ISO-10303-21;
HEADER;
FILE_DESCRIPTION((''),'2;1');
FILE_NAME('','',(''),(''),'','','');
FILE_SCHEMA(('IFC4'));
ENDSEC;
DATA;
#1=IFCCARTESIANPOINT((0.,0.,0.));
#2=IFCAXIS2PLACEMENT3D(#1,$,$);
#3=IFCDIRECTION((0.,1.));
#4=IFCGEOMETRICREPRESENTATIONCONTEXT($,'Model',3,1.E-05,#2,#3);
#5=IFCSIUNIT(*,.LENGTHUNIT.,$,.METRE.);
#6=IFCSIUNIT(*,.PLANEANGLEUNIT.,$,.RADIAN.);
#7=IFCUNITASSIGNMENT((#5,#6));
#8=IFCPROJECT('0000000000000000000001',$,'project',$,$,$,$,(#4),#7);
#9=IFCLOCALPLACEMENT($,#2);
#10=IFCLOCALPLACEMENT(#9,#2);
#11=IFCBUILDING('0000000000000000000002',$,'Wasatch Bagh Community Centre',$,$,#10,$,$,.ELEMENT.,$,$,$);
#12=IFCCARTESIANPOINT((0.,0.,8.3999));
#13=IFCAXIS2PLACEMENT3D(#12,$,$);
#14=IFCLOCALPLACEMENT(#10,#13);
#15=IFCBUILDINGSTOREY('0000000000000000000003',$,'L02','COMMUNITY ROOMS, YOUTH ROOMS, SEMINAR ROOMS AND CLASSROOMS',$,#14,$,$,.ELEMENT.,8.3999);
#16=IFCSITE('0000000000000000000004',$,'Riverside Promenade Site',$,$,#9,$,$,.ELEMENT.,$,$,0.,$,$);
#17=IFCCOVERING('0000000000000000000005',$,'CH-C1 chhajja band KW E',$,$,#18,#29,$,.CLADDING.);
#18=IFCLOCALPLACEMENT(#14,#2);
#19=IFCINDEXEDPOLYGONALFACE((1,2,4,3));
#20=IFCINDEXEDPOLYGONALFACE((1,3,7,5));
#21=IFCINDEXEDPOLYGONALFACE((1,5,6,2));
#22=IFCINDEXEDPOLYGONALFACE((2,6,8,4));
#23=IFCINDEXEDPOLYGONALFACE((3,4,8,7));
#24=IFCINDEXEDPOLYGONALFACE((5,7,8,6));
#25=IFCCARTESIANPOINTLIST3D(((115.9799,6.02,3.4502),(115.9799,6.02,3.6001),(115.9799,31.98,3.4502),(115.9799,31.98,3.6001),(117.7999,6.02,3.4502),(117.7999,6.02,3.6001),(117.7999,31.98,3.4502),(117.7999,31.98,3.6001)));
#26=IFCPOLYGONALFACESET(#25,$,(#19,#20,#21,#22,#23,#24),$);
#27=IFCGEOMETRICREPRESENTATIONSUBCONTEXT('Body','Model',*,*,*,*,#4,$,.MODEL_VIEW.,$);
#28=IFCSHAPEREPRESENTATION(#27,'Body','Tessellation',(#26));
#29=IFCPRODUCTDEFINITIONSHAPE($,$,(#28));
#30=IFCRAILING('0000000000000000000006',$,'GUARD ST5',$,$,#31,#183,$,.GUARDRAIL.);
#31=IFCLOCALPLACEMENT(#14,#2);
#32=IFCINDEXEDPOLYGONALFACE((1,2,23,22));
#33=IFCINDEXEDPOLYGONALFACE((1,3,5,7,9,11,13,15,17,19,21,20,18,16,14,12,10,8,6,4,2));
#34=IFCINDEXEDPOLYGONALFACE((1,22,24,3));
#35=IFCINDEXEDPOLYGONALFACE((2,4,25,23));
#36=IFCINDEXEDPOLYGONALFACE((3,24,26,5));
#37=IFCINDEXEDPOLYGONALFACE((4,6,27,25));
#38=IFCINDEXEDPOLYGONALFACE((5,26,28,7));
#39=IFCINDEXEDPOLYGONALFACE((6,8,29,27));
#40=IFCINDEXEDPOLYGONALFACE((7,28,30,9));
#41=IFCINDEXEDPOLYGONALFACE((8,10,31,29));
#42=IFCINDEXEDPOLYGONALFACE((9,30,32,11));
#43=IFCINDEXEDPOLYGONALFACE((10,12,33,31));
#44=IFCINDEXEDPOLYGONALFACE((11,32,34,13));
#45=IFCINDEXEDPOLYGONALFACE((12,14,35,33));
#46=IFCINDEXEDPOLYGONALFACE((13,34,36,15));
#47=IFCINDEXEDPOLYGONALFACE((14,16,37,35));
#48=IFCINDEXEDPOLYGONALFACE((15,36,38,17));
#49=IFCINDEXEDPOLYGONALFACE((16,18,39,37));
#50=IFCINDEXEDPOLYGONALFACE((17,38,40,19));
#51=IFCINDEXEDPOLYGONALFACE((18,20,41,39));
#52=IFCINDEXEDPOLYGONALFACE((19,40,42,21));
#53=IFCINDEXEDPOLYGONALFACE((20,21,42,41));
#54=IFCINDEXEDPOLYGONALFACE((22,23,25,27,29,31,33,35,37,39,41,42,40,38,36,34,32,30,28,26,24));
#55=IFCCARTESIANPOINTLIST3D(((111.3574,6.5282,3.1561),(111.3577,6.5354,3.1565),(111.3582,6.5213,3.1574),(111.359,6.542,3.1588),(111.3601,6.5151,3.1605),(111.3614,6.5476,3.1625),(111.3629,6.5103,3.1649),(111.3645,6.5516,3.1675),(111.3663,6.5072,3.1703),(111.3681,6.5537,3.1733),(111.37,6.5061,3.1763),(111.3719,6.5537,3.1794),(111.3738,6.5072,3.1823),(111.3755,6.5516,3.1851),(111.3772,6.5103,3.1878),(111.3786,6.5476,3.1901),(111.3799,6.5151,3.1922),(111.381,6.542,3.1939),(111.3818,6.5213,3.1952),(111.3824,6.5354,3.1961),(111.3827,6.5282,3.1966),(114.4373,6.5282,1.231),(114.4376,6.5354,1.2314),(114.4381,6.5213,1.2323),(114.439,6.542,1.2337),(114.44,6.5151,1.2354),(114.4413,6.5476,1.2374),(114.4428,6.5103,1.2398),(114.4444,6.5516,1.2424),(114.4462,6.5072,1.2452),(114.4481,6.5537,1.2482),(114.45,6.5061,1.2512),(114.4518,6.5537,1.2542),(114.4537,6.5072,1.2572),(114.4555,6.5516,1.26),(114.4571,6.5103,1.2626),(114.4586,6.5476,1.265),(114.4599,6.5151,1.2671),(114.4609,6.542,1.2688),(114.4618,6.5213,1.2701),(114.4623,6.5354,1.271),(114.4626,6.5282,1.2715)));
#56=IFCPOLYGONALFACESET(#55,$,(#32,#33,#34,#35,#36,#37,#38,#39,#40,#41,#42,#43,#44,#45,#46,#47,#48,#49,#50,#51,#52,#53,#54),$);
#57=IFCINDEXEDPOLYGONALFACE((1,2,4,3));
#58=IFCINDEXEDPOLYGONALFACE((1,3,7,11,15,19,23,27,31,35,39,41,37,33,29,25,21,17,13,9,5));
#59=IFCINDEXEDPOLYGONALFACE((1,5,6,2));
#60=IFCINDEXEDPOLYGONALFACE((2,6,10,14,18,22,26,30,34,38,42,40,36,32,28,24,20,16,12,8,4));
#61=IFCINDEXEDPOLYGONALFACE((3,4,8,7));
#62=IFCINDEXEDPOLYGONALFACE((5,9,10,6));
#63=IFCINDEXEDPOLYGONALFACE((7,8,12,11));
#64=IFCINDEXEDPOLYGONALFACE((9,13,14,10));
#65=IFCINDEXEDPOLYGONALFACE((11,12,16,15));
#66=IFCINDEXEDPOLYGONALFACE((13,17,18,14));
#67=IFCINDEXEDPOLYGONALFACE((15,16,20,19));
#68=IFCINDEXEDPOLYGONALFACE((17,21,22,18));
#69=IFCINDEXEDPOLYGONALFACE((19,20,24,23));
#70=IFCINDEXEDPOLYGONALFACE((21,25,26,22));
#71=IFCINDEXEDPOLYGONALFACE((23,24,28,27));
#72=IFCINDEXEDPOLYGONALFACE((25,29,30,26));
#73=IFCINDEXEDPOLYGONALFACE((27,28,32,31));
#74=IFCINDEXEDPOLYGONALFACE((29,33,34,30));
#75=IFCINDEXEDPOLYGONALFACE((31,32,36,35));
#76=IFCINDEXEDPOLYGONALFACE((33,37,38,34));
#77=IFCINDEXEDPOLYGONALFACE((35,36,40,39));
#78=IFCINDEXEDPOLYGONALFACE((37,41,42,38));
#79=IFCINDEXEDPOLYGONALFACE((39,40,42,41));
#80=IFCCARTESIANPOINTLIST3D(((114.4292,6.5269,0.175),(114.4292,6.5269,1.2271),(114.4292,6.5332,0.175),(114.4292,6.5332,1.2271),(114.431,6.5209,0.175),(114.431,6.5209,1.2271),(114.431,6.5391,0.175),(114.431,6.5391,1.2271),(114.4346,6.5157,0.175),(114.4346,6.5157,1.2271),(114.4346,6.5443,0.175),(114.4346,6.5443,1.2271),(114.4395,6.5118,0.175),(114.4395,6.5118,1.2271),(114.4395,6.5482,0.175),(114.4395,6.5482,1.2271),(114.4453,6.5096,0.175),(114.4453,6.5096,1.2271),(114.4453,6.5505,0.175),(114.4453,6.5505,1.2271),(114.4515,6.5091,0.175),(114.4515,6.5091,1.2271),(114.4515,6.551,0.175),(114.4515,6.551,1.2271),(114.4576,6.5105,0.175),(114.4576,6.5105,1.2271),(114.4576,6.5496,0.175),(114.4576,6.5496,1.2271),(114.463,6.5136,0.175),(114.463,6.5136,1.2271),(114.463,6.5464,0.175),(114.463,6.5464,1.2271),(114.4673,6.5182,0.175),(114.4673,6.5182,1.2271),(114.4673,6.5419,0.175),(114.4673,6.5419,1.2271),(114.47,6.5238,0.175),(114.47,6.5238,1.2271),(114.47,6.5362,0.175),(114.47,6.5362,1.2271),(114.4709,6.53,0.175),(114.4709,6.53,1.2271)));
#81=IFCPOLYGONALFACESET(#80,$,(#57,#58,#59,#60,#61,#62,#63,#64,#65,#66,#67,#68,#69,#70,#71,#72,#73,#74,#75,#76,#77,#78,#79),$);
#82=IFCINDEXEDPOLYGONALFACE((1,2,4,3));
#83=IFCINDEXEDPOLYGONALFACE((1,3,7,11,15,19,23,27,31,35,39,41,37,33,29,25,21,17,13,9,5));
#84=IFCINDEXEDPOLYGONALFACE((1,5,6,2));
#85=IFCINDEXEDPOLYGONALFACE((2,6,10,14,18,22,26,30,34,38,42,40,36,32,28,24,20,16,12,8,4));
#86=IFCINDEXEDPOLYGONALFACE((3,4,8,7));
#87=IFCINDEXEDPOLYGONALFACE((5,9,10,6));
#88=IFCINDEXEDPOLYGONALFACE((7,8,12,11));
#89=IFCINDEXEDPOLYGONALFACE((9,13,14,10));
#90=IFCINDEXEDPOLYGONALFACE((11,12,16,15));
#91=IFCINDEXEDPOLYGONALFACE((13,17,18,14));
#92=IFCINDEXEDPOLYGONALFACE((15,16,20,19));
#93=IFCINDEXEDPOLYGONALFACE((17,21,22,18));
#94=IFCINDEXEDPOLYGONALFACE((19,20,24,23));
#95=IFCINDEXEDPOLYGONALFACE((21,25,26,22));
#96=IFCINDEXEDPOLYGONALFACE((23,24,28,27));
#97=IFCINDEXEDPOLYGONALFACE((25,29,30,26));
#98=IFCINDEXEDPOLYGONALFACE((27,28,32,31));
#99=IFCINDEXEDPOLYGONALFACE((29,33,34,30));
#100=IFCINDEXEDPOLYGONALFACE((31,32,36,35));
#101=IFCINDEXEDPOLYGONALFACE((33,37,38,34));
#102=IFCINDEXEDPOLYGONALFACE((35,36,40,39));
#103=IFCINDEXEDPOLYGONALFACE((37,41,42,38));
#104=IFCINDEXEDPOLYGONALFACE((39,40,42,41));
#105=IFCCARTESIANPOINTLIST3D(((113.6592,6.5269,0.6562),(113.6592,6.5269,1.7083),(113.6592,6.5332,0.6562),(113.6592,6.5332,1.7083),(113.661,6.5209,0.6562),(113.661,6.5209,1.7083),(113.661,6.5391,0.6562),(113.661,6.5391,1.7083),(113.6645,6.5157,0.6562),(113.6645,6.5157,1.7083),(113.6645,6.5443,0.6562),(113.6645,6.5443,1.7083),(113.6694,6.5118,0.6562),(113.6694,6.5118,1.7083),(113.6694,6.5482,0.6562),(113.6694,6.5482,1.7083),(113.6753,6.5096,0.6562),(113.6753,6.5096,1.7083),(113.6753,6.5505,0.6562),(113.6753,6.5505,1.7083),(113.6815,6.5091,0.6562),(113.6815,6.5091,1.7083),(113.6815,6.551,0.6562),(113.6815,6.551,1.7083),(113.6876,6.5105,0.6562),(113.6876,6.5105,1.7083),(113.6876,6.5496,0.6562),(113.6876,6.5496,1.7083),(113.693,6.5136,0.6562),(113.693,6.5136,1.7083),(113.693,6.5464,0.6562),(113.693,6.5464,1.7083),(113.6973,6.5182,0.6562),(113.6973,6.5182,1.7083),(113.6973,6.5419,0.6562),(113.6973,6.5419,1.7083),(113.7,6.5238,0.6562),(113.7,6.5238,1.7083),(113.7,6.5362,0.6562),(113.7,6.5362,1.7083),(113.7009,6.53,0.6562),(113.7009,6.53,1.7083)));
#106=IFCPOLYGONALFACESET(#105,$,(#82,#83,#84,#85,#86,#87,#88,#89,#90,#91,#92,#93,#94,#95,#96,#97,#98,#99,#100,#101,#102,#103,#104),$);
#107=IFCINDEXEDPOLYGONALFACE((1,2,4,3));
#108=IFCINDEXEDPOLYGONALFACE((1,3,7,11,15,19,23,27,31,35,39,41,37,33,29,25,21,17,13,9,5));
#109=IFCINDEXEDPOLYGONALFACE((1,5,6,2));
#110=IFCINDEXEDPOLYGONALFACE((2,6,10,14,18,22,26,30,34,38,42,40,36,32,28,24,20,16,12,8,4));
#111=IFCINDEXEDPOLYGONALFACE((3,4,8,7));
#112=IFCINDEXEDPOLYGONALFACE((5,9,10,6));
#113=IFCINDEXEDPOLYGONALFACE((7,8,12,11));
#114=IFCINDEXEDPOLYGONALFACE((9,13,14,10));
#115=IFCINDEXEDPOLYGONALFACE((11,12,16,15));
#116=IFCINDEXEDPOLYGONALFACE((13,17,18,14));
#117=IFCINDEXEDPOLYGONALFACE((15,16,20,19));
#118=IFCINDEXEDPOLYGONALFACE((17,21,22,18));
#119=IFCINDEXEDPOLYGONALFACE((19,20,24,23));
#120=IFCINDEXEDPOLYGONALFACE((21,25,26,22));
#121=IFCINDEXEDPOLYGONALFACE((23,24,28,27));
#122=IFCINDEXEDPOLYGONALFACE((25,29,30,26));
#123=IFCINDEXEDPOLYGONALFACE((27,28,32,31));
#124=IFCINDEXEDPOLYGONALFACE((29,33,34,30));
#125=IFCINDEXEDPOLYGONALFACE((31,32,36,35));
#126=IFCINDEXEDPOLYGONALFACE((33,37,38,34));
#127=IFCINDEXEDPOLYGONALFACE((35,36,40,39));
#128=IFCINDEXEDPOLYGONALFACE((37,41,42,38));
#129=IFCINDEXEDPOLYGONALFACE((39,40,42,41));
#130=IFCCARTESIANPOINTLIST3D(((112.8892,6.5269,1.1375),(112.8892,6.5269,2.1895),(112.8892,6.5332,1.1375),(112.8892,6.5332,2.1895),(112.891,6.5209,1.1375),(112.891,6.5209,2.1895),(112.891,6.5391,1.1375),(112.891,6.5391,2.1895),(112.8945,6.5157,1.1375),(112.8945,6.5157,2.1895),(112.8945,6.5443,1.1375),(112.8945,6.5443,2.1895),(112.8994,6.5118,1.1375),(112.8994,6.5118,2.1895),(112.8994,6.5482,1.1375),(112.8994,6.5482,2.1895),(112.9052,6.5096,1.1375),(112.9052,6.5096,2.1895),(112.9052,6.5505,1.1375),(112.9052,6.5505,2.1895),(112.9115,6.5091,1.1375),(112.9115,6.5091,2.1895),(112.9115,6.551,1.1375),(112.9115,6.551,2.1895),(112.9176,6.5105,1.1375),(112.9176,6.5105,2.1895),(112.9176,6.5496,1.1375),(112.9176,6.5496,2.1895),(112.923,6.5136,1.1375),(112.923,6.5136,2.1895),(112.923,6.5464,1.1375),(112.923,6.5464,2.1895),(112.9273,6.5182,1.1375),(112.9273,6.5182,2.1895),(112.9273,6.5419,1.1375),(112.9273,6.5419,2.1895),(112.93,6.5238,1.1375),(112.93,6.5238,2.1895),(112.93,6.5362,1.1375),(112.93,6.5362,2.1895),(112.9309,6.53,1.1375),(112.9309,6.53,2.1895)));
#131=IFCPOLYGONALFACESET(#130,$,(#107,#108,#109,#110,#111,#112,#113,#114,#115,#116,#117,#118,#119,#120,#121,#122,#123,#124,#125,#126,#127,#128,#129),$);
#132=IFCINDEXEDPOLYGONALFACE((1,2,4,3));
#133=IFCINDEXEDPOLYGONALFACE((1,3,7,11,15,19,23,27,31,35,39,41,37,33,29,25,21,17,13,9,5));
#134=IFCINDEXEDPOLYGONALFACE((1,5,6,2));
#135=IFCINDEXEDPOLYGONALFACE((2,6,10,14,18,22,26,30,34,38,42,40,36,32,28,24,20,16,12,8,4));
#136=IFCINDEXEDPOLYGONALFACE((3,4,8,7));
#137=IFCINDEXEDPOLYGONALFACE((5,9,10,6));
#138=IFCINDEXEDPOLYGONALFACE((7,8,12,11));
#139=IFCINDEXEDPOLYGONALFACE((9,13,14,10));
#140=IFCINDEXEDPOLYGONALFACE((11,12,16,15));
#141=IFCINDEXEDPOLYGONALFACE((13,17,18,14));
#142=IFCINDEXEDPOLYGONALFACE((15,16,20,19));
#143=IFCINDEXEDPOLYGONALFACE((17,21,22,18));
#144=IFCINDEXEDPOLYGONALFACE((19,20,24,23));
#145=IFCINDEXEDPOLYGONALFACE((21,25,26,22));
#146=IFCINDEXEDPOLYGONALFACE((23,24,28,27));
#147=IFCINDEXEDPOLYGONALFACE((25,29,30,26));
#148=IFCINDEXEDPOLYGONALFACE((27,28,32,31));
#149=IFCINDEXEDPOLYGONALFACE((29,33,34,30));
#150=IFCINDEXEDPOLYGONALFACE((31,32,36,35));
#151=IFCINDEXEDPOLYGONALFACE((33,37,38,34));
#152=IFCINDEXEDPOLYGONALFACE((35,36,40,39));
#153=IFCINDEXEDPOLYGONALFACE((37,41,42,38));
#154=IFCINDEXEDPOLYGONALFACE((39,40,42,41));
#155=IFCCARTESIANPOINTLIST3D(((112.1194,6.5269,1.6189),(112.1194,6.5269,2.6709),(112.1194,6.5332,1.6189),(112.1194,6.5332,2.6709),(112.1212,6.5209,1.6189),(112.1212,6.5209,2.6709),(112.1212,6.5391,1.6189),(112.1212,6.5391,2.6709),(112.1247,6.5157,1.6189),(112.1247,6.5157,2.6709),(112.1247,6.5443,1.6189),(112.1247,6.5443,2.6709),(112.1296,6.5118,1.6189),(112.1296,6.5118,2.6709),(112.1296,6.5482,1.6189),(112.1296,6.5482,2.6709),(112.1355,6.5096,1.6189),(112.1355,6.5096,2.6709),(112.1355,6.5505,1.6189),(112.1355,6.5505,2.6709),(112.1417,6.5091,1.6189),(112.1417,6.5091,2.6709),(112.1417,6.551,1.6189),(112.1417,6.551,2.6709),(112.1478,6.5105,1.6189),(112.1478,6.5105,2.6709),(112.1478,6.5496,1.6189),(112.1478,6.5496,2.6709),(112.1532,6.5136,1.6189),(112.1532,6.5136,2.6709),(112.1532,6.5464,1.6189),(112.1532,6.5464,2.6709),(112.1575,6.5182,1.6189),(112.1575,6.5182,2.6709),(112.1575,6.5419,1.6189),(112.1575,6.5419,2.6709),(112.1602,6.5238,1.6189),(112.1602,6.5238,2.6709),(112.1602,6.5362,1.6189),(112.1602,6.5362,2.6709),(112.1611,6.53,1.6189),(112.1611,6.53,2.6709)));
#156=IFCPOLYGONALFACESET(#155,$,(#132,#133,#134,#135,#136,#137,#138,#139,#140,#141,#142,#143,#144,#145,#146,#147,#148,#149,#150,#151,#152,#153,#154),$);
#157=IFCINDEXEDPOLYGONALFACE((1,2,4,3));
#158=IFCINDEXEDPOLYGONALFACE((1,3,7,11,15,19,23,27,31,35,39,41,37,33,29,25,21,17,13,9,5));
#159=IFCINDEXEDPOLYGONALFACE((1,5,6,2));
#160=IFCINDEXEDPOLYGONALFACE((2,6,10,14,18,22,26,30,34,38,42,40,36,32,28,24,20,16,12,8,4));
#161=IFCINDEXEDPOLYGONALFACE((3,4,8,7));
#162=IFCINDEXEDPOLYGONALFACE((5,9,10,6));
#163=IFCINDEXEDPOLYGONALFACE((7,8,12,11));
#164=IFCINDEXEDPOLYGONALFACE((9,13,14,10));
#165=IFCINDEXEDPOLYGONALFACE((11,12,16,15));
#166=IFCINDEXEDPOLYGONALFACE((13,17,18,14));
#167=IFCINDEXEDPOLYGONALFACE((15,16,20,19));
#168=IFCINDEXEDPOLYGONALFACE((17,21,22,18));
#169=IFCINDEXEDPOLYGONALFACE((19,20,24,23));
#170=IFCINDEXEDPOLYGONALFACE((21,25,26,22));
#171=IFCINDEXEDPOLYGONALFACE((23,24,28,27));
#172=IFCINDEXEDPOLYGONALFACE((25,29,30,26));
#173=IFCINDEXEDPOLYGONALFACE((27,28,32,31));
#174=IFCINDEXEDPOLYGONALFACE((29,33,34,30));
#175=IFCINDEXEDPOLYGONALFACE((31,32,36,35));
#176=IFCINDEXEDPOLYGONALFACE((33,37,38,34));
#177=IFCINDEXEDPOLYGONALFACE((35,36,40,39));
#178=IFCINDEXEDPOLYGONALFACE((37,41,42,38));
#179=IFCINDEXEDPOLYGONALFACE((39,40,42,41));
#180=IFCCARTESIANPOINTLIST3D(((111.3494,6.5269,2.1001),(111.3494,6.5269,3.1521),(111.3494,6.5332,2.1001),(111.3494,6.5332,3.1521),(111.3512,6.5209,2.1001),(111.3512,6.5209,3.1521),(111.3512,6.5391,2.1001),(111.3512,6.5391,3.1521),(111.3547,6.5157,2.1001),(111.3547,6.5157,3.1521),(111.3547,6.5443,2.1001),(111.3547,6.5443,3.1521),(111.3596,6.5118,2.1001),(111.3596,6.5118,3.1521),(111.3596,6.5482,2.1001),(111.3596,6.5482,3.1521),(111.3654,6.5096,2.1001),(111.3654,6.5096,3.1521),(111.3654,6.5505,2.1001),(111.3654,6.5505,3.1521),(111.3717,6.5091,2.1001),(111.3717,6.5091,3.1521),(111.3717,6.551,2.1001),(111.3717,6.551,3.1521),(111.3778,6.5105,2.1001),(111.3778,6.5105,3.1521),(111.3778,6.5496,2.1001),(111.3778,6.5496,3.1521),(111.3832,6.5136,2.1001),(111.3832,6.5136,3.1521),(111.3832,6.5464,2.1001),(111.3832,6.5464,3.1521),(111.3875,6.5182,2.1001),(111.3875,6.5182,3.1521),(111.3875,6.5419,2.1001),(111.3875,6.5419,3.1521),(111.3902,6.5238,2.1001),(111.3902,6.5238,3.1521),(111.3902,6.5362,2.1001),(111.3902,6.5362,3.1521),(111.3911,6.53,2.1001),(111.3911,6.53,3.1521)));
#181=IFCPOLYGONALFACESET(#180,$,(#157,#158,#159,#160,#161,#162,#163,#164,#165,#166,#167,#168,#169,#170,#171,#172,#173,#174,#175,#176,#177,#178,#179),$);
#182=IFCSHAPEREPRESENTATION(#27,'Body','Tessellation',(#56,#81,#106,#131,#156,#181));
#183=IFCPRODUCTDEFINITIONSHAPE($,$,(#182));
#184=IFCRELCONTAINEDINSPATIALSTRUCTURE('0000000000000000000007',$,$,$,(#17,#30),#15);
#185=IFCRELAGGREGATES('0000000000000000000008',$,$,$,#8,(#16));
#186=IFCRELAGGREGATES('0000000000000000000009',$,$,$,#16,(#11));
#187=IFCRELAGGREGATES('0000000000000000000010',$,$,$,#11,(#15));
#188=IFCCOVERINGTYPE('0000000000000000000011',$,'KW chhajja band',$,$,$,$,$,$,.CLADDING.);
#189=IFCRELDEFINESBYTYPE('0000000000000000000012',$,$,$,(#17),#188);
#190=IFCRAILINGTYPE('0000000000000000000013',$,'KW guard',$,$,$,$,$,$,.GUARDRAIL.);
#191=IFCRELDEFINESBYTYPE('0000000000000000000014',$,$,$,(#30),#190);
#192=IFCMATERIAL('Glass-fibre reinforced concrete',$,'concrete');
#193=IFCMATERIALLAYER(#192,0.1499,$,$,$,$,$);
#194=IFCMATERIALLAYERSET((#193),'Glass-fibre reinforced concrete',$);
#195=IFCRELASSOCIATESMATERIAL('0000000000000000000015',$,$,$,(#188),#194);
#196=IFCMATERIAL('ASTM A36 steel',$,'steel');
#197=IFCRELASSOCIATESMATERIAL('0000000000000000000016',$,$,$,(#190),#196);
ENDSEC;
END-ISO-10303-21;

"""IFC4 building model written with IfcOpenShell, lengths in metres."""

from ifc_helpers import new_model, si_unit, direction, frame, origin, origin_2d, place, context, subcontext, project, spatial, rectangle, circle, extrude, material, layer, layer_set, type_object, element, save


model = new_model("IFC4")

# Units and contexts
model_context = context("Model", 3, precision=1e-05, world=origin(), true_north=direction((0.0, 1.0)))
body_context = subcontext(model_context, "Body", "Model", "MODEL_VIEW")
ifc_project = project(units=[si_unit("LENGTHUNIT", "METRE"), si_unit("PLANEANGLEUNIT", "RADIAN")], contexts=[model_context])

# Site, building, storey
site_placement = place(None, origin())
site = spatial("IfcSite", under=ifc_project, at=site_placement, Name="Riverside Promenade Site", CompositionType="ELEMENT", RefElevation=0.0)
building_placement = place(site_placement, origin())
building = spatial("IfcBuilding", under=site, at=building_placement, Name="Wasatch Bagh Community Centre", CompositionType="ELEMENT")
storey_placement = place(building_placement, frame((0.0, 0.0, 8.3999)))
storey = spatial("IfcBuildingStorey", under=building, at=storey_placement, Name="L02", Description="COMMUNITY ROOMS, YOUTH ROOMS, SEMINAR ROOMS AND CLASSROOMS", CompositionType="ELEMENT", Elevation=8.3999)

# Covering
ifc_material_1 = material(Name="Glass-fibre reinforced concrete", Category="concrete")
ifc_layer_1 = layer(ifc_material_1, 0.1499)
ifc_layer_set_1 = layer_set([ifc_layer_1], Name="Glass-fibre reinforced concrete")
covering_type = type_object("IfcCoveringType", Name="KW chhajja band", PredefinedType="CLADDING", material=ifc_layer_set_1)
covering_placement = place(storey_placement, frame((116.8899, 19.0, 3.4502), z_axis=(0.0, 0.0, 1.0), x_axis=(1.0, 0.0, 0.0)))
element("IfcCovering", 1, at=covering_placement, inside=storey, type_object=covering_type, Name="CH-C1 chhajja band KW E", PredefinedType="CLADDING", context=body_context, shape_type="SweptSolid", body=[
    extrude(rectangle(XDim=1.8201, YDim=25.96, at=origin_2d()), origin(), (0.0, 0.0, 1.0), 0.1499),
])

# Railing
ifc_material_2 = material(Name="ASTM A36 steel", Category="steel")
railing_type_1 = type_object("IfcRailingType", Name="KW guard", PredefinedType="GUARDRAIL", material=ifc_material_2)
for number, where, name in (
    (2, (114.45, 6.53, 0.175), "GUARD ST5"),
):
    element("IfcRailing", number, at=place(storey_placement, frame(where)), inside=storey, type_object=railing_type_1, Name=name, PredefinedType="GUARDRAIL", context=body_context, shape_type="SweptSolid", body=[
        extrude(circle(Radius=0.0239, at=origin_2d()), frame((0.0, 0.0, 1.0762), z_axis=(-0.847979, 0.0, 0.530029), x_axis=(0.0, -1.0, 0.0)), (0.0, 0.0, 1.0), 3.6321),
        extrude(circle(Radius=0.021, at=origin_2d()), origin(), (0.0, 0.0, 1.0), 1.052),
        extrude(circle(Radius=0.021, at=origin_2d()), frame((-0.77, 0.0, 0.4812)), (0.0, 0.0, 1.0), 1.052),
        extrude(circle(Radius=0.021, at=origin_2d()), frame((-1.54, 0.0, 0.9624)), (0.0, 0.0, 1.0), 1.052),
        extrude(circle(Radius=0.021, at=origin_2d()), frame((-2.3098, 0.0, 1.4438)), (0.0, 0.0, 1.0), 1.052),
        extrude(circle(Radius=0.021, at=origin_2d()), frame((-3.0798, 0.0, 1.925)), (0.0, 0.0, 1.0), 1.052),
    ])

save(model, "model.ifc")
